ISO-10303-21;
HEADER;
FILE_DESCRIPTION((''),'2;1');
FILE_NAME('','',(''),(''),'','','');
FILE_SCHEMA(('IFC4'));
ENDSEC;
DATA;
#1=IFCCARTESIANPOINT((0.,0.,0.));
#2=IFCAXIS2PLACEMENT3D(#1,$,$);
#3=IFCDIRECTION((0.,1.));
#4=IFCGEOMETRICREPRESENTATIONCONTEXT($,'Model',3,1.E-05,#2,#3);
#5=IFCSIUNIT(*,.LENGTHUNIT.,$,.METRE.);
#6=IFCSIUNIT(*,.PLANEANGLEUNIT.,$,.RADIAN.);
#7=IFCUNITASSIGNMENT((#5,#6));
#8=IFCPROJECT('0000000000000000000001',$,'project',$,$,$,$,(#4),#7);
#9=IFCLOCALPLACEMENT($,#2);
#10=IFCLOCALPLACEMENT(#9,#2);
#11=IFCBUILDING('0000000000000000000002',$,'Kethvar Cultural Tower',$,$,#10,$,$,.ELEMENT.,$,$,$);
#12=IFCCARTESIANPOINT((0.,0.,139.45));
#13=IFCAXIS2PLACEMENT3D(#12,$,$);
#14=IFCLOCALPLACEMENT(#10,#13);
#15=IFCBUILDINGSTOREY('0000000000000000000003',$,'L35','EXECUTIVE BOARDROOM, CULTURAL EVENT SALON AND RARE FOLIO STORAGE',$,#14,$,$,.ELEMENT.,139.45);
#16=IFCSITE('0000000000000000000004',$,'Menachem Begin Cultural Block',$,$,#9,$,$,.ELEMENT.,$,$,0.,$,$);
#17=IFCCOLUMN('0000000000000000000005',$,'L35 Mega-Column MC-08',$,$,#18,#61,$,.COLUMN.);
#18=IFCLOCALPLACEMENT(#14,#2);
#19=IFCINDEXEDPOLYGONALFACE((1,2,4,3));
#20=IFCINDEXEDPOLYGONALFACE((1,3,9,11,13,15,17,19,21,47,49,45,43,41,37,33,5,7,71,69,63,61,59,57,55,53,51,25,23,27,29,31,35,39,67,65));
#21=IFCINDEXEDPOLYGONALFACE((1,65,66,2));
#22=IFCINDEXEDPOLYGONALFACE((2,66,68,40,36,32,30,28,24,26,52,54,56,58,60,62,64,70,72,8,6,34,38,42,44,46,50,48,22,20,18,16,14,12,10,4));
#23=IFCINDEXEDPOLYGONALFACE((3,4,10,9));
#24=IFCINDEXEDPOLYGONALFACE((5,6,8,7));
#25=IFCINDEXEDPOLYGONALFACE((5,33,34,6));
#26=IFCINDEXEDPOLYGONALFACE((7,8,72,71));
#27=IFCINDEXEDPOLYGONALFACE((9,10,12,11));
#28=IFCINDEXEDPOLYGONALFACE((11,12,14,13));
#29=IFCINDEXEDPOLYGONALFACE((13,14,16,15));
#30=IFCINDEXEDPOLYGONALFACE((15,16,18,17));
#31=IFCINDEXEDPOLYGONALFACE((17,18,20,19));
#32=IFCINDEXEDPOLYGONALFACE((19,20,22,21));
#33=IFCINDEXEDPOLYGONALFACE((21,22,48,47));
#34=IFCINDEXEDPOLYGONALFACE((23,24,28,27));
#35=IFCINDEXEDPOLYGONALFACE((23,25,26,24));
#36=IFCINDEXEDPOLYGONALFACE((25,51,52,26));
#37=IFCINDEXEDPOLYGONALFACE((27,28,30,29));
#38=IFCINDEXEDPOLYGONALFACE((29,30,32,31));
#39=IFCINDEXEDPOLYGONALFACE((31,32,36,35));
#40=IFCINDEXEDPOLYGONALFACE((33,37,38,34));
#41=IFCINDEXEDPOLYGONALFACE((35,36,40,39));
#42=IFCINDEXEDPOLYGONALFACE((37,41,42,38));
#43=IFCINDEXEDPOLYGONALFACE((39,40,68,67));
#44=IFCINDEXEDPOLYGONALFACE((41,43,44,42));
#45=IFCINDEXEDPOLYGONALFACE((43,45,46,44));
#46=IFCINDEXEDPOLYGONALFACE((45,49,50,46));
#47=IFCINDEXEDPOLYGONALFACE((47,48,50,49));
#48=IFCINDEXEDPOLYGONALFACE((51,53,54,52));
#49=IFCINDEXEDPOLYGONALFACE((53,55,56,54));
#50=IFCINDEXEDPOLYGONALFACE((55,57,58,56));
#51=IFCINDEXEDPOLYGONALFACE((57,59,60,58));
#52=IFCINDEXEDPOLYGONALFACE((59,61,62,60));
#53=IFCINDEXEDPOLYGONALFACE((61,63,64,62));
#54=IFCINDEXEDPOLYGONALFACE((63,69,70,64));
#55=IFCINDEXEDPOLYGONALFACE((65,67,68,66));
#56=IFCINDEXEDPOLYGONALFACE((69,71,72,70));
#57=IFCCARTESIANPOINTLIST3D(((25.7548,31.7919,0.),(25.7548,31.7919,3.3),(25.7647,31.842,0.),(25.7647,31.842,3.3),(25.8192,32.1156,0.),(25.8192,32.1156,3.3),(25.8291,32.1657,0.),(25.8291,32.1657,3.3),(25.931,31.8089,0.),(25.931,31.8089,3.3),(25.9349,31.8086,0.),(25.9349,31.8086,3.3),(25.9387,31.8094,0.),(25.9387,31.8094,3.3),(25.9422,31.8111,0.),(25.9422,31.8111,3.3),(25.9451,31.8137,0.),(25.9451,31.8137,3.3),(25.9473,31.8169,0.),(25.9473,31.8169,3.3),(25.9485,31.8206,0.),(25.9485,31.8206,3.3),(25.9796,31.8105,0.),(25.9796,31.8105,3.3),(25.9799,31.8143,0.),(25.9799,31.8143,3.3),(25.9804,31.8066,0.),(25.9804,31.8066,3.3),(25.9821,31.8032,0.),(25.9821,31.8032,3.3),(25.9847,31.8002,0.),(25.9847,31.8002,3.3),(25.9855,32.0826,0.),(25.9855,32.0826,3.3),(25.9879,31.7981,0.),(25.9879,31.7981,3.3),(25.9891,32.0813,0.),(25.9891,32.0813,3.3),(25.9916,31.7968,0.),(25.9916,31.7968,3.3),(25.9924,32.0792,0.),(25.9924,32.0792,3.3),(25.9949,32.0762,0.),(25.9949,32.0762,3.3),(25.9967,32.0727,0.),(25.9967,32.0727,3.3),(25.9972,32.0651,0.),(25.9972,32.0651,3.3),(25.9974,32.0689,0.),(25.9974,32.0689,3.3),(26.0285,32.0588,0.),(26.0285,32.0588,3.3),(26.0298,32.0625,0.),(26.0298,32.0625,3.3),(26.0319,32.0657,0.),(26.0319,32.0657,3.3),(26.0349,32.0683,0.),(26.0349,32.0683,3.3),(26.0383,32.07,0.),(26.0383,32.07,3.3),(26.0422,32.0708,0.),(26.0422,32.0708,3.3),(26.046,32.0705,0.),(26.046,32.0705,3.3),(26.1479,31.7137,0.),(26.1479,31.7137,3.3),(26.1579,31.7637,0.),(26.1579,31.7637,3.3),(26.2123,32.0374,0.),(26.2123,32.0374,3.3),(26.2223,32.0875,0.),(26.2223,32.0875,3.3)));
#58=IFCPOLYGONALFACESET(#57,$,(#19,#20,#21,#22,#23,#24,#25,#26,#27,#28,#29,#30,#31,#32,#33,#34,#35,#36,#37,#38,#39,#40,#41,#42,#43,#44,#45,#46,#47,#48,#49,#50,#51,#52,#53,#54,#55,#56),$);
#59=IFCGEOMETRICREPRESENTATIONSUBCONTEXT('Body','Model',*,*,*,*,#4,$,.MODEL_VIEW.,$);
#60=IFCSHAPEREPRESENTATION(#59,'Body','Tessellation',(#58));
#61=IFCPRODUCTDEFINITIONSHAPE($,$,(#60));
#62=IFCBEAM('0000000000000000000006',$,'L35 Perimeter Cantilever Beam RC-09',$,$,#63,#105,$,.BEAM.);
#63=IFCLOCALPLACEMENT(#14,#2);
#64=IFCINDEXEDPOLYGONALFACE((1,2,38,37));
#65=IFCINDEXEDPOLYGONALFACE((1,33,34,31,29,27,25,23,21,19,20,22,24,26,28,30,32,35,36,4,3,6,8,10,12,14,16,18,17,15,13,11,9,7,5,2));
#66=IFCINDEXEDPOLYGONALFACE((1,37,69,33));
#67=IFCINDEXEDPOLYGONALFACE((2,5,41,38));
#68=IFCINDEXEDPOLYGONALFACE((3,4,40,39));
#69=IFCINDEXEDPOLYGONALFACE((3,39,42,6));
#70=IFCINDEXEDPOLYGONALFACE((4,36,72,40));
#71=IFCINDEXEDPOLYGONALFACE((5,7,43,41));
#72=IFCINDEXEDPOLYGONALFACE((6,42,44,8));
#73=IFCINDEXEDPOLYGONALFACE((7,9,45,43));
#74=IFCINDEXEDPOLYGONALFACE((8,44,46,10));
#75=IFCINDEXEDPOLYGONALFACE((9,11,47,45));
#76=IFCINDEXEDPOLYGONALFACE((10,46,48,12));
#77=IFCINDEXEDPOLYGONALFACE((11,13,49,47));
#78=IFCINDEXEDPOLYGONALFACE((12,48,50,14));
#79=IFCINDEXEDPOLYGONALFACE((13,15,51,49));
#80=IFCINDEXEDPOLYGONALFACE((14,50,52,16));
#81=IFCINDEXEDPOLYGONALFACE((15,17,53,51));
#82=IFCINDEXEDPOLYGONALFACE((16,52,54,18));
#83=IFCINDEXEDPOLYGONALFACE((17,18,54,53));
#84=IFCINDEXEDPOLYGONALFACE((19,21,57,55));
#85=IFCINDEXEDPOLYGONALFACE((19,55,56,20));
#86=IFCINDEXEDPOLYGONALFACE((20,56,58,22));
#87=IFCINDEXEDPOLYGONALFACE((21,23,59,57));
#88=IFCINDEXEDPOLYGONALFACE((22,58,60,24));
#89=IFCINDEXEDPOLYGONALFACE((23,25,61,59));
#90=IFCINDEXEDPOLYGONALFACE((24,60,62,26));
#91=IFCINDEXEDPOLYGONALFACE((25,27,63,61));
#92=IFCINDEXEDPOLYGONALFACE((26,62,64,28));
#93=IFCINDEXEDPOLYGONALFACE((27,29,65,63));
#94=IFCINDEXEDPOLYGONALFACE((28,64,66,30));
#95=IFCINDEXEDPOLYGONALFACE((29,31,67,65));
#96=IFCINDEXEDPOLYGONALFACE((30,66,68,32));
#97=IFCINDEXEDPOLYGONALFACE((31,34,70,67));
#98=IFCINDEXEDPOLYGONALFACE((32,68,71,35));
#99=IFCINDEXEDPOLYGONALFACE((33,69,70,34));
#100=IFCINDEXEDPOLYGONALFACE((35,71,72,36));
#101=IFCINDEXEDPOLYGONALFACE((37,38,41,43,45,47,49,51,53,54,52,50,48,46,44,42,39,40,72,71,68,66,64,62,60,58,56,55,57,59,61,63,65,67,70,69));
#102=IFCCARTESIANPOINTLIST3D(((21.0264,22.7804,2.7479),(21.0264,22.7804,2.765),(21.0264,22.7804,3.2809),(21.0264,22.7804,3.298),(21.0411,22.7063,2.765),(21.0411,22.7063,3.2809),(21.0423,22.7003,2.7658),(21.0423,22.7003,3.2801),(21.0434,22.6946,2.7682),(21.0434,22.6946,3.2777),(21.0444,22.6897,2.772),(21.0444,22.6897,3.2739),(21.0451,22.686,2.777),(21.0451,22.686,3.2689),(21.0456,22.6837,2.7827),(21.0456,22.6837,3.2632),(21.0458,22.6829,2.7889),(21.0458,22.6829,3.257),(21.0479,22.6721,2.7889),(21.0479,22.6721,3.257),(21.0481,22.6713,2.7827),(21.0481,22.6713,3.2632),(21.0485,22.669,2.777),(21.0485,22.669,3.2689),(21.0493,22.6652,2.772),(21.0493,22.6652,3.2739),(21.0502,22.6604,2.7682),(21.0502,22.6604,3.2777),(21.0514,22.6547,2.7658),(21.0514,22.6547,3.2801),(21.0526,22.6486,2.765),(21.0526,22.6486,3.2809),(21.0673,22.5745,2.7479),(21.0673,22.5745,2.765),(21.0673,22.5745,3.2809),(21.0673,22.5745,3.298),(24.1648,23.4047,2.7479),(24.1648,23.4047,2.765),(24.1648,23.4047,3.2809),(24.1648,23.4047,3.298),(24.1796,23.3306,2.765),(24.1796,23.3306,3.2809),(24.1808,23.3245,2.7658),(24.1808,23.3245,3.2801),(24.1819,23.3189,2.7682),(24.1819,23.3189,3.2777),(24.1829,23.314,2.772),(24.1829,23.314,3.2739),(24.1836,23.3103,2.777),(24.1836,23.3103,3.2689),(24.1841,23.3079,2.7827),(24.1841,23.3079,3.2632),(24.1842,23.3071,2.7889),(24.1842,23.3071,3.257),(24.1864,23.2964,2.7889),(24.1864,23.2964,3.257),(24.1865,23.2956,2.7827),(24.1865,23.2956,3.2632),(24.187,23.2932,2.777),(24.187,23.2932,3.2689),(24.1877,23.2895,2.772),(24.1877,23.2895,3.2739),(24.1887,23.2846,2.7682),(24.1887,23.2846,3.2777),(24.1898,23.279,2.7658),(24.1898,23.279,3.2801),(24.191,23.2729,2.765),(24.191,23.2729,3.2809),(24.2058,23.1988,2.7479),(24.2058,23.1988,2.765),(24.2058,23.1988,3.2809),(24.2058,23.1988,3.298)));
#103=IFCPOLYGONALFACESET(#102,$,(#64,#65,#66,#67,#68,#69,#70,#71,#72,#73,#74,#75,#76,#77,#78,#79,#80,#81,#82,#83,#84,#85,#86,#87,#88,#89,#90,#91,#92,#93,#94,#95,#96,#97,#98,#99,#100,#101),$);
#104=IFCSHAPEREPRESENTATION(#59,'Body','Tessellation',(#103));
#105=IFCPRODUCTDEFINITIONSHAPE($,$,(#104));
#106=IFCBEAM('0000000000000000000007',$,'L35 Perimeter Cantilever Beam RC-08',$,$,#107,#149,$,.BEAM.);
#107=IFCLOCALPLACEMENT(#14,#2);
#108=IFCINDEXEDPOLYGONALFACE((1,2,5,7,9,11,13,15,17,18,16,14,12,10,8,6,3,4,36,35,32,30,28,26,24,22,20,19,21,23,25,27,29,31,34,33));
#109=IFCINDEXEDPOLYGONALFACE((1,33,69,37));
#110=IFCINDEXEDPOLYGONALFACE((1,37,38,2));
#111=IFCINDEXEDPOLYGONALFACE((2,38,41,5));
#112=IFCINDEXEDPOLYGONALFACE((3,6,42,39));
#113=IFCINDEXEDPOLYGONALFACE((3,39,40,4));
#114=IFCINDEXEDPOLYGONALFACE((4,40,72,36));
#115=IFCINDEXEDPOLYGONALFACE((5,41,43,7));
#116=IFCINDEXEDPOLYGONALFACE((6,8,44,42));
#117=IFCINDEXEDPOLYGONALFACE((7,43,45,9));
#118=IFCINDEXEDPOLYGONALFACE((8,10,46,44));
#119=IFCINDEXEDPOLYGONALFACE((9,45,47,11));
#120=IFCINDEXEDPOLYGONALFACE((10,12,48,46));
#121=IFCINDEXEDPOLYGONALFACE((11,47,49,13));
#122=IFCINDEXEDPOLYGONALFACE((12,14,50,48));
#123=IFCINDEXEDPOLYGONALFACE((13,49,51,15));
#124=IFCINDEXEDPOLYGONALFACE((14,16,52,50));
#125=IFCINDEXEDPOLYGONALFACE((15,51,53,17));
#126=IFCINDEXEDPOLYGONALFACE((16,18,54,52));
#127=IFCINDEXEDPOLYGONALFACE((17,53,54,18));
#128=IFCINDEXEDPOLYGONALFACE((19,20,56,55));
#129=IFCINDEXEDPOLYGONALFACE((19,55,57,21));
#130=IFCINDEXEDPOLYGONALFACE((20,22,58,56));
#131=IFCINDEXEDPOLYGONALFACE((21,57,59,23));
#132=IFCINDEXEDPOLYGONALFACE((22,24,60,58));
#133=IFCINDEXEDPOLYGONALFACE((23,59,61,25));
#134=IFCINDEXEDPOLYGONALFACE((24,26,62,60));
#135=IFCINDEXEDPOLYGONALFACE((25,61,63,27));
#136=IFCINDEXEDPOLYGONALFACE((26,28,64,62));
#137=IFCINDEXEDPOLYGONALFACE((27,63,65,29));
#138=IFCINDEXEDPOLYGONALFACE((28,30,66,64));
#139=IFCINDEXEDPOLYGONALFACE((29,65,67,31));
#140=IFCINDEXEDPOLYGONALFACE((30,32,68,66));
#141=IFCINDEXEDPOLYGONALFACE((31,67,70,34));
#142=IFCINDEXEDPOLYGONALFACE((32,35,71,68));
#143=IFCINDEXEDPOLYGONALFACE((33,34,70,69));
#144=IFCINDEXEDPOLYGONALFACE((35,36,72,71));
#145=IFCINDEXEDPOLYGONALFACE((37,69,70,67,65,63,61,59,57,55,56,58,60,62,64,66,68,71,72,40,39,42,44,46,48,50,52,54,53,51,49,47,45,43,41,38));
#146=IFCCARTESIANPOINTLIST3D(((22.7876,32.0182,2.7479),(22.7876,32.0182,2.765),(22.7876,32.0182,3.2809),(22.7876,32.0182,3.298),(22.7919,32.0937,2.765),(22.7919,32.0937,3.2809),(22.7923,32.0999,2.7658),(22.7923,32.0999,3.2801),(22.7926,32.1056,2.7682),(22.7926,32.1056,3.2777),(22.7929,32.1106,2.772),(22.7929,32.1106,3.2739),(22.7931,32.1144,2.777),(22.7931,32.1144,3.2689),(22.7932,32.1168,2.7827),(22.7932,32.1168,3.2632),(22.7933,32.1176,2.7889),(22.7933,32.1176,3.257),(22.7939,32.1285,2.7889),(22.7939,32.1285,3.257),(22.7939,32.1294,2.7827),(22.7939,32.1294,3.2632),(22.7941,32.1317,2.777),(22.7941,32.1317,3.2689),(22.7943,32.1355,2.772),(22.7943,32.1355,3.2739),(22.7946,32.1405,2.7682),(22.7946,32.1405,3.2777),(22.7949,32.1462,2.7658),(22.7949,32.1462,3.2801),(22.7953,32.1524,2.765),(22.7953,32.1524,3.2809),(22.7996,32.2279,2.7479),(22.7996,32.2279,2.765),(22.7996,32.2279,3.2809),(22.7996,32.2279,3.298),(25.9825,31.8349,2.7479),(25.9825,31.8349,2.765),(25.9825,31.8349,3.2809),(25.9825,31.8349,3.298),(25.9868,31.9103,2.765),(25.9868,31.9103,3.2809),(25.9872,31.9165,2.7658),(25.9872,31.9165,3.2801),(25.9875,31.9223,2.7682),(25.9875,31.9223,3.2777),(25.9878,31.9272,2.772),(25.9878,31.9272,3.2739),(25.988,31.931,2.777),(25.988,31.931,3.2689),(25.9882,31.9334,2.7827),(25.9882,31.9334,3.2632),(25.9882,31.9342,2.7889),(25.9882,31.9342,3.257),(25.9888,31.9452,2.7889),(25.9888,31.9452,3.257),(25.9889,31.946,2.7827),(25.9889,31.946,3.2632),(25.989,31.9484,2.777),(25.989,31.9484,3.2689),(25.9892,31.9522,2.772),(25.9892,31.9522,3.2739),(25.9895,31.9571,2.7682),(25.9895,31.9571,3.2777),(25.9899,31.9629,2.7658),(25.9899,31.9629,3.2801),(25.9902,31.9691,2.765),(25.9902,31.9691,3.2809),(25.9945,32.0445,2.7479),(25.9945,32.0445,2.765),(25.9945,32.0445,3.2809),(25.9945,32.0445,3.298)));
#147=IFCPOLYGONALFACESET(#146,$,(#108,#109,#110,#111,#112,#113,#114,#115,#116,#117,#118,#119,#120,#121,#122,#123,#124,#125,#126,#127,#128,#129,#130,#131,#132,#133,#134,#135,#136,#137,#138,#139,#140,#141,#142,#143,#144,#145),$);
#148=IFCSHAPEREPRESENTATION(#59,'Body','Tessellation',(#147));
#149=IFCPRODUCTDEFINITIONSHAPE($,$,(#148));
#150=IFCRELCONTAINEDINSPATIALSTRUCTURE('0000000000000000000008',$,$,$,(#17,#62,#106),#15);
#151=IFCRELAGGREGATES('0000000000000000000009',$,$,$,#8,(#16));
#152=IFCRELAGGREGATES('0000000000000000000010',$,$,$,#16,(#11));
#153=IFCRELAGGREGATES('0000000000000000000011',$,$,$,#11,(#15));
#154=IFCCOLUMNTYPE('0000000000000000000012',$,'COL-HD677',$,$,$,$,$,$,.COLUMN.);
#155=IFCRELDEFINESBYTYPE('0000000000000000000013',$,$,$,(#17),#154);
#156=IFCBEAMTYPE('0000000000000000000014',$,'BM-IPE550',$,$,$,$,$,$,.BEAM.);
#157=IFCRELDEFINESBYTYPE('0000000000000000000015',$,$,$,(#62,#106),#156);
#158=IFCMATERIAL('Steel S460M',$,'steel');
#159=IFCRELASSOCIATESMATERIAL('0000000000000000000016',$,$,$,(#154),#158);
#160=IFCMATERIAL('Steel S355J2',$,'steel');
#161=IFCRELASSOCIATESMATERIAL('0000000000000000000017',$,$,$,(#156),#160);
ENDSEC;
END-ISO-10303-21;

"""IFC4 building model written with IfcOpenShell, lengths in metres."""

from ifc_helpers import new_model, si_unit, direction, frame, origin, origin_2d, place, context, subcontext, project, spatial, i_section, extrude, source, transform, mapped, material, material_profile, profile_set, type_object, element, save


model = new_model("IFC4")

# Units and contexts
model_context = context("Model", 3, precision=1e-05, world=origin(), true_north=direction((0.0, 1.0)))
body_context = subcontext(model_context, "Body", "Model", "MODEL_VIEW")
ifc_project = project(units=[si_unit("LENGTHUNIT", "METRE"), si_unit("PLANEANGLEUNIT", "RADIAN")], contexts=[model_context])

# Site, building, storey
site_placement = place(None, origin())
site = spatial("IfcSite", under=ifc_project, at=site_placement, Name="Menachem Begin Cultural Block", CompositionType="ELEMENT", RefElevation=0.0)
building_placement = place(site_placement, origin())
building = spatial("IfcBuilding", under=site, at=building_placement, Name="Kethvar Cultural Tower", CompositionType="ELEMENT")
storey_placement = place(building_placement, frame((0.0, 0.0, 139.45)))
storey = spatial("IfcBuildingStorey", under=building, at=storey_placement, Name="L35", Description="EXECUTIVE BOARDROOM, CULTURAL EVENT SALON AND RARE FOLIO STORAGE", CompositionType="ELEMENT", Elevation=139.45)

# Column
ifc_material_1 = material(Name="Steel S460M", Category="steel")
ifc_material_profile_1 = material_profile(ifc_material_1, i_section(OverallWidth=0.4009, OverallDepth=0.3811, WebThickness=0.032, FlangeThickness=0.051, FilletRadius=0.0149, at=origin_2d()), Name="Steel S460M — HD400x677")
ifc_profile_set_1 = profile_set([ifc_material_profile_1], Name="Steel S460M — HD400x677")
column_type = type_object("IfcColumnType", Name="COL-HD677", PredefinedType="COLUMN", material=ifc_profile_set_1)
shared_shape_1 = source(origin(), body_context, "Body", "SweptSolid", [
    extrude(i_section(OverallWidth=0.4009, OverallDepth=0.3811, WebThickness=0.032, FlangeThickness=0.051, FilletRadius=0.0149, at=origin_2d()), origin(), (0.0, 0.0, 1.0), 3.3),
])
column_placement = place(storey_placement, frame((25.9885, 31.9397, 0.0), z_axis=(0.0, 0.0, 1.0), x_axis=(-0.980785, 0.19509, 0.0)))
element("IfcColumn", 1, at=column_placement, inside=storey, type_object=column_type, Name="L35 Mega-Column MC-08", PredefinedType="COLUMN", context=body_context, shape_type="MappedRepresentation", body=[
    mapped(shared_shape_1, transform((0.0, 0.0, 0.0), scale=1.0)),
])

# Beams
ifc_material_2 = material(Name="Steel S355J2", Category="steel")
ifc_material_profile_2 = material_profile(ifc_material_2, i_section(OverallWidth=0.21, OverallDepth=0.55, WebThickness=0.011, FlangeThickness=0.0171, FilletRadius=0.0239, at=origin_2d()), Name="Steel S355J2 — IPE550")
ifc_profile_set_2 = profile_set([ifc_material_profile_2], Name="Steel S355J2 — IPE550")
beam_type_1 = type_object("IfcBeamType", Name="BM-IPE550", PredefinedType="BEAM", material=ifc_profile_set_2)
shared_shape_2 = source(origin(), body_context, "Body", "SweptSolid", [
    extrude(i_section(OverallWidth=0.21, OverallDepth=0.55, WebThickness=0.011, FlangeThickness=0.0171, FilletRadius=0.0239, at=origin_2d()), origin(), (0.0, 0.0, 1.0), 3.2),
])
beam_1_placement = place(storey_placement, frame((24.1853, 23.3018, 3.0229), z_axis=(-0.980786, -0.195089, 0.0), x_axis=(0.195089, -0.980786, 0.0)))
element("IfcBeam", 2, at=beam_1_placement, inside=storey, type_object=beam_type_1, Name="L35 Perimeter Cantilever Beam RC-09", PredefinedType="BEAM", context=body_context, shape_type="MappedRepresentation", body=[
    mapped(shared_shape_2, transform((0.0, 0.0, 0.0), scale=1.0)),
])
shared_shape_3 = source(origin(), body_context, "Body", "SweptSolid", [
    extrude(i_section(OverallWidth=0.21, OverallDepth=0.55, WebThickness=0.011, FlangeThickness=0.0171, FilletRadius=0.0239, at=origin_2d()), origin(), (0.0, 0.0, 1.0), 3.2002),
])
beam_2_placement = place(storey_placement, frame((25.9885, 31.9397, 3.0229), z_axis=(-0.998357, 0.057295, 0.0), x_axis=(-0.057295, -0.998357, 0.0)))
element("IfcBeam", 3, at=beam_2_placement, inside=storey, type_object=beam_type_1, Name="L35 Perimeter Cantilever Beam RC-08", PredefinedType="BEAM", context=body_context, shape_type="MappedRepresentation", body=[
    mapped(shared_shape_3, transform((0.0, 0.0, 0.0), scale=1.0)),
])

save(model, "model.ifc")
